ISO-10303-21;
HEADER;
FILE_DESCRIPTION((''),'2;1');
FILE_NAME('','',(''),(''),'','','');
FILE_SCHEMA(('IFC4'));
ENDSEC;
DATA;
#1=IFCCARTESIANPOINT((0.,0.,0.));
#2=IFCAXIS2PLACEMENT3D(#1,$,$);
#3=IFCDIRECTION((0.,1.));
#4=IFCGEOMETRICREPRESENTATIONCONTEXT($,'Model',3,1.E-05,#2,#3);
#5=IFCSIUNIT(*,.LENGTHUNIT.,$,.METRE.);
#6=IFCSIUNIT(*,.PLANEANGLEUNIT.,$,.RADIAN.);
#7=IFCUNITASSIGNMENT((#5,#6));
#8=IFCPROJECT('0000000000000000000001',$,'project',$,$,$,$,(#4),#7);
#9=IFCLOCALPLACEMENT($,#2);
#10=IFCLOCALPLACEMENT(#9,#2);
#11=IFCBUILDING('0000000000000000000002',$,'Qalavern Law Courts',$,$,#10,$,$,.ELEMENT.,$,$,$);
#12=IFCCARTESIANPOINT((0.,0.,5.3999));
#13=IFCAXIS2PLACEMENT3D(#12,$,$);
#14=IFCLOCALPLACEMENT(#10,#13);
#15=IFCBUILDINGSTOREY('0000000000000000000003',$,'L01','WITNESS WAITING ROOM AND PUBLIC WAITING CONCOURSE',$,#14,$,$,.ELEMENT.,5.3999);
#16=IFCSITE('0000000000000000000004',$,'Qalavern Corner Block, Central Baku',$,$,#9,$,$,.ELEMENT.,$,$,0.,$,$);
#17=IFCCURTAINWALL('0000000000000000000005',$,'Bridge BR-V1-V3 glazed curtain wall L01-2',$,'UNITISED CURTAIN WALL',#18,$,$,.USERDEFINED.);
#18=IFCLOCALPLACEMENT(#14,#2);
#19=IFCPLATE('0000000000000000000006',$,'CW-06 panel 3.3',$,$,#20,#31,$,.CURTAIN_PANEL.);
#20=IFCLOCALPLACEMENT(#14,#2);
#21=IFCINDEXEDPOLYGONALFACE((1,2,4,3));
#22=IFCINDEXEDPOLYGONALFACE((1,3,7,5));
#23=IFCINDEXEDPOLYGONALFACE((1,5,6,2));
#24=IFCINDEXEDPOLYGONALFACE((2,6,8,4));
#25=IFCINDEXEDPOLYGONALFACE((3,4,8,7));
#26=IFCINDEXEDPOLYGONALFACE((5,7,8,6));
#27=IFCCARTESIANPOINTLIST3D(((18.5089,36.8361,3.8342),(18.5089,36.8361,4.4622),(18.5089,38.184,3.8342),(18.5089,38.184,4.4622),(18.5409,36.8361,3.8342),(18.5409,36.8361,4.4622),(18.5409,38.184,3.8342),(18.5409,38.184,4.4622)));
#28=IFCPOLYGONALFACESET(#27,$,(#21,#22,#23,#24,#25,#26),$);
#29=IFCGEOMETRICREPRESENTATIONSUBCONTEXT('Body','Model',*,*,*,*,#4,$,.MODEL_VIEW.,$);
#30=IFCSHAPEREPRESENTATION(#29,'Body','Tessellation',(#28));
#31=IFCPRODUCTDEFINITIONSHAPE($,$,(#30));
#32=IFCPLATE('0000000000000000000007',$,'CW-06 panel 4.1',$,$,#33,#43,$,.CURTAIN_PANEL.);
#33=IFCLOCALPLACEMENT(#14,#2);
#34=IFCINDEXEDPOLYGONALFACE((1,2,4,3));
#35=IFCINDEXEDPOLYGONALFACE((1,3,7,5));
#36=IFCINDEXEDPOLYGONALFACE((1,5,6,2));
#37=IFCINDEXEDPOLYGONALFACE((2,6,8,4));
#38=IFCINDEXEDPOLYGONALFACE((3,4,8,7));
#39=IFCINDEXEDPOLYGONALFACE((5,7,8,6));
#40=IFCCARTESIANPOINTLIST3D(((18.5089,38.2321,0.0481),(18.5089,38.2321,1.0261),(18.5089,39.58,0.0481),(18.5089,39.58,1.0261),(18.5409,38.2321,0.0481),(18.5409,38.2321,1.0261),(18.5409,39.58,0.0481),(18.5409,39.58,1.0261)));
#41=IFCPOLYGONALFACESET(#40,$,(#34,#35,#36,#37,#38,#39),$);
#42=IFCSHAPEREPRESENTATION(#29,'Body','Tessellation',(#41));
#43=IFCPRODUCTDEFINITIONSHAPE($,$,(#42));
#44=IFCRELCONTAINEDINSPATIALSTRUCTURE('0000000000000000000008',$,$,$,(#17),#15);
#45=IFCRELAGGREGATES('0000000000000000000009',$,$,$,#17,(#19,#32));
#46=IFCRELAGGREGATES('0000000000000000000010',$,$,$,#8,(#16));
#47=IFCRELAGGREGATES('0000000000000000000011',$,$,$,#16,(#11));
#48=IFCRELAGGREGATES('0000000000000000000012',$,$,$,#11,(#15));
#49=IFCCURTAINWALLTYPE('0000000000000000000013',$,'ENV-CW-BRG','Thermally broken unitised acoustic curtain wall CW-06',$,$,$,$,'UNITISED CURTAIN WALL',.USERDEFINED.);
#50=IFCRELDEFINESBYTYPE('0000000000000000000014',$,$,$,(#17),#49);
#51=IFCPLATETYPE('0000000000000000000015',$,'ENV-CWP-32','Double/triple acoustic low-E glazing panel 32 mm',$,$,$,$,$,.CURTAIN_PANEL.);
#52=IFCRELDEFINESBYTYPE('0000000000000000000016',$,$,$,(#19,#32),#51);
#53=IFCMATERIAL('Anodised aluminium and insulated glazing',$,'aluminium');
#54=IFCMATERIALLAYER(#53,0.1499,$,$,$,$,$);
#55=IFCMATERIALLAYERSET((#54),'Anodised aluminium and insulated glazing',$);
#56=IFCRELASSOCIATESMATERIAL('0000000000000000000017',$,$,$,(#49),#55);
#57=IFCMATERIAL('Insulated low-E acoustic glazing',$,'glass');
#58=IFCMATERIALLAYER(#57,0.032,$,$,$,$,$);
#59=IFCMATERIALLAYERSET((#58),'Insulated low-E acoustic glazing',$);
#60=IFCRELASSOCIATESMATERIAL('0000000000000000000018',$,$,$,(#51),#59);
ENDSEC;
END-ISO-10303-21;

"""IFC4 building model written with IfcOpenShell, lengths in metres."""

from ifc_helpers import new_model, si_unit, direction, frame, origin, origin_2d, place, context, subcontext, project, spatial, rectangle, extrude, material, layer, layer_set, type_object, element, aggregate, save


model = new_model("IFC4")

# Units and contexts
model_context = context("Model", 3, precision=1e-05, world=origin(), true_north=direction((0.0, 1.0)))
body_context = subcontext(model_context, "Body", "Model", "MODEL_VIEW")
ifc_project = project(units=[si_unit("LENGTHUNIT", "METRE"), si_unit("PLANEANGLEUNIT", "RADIAN")], contexts=[model_context])

# Site, building, storey
site_placement = place(None, origin())
site = spatial("IfcSite", under=ifc_project, at=site_placement, Name="Qalavern Corner Block, Central Baku", CompositionType="ELEMENT", RefElevation=0.0)
building_placement = place(site_placement, origin())
building = spatial("IfcBuilding", under=site, at=building_placement, Name="Qalavern Law Courts", CompositionType="ELEMENT")
storey_placement = place(building_placement, frame((0.0, 0.0, 5.3999)))
storey = spatial("IfcBuildingStorey", under=building, at=storey_placement, Name="L01", Description="WITNESS WAITING ROOM AND PUBLIC WAITING CONCOURSE", CompositionType="ELEMENT", Elevation=5.3999)

# Shared definitions
ifc_material_1 = material(Name="Anodised aluminium and insulated glazing", Category="aluminium")
ifc_layer_1 = layer(ifc_material_1, 0.1499)
ifc_layer_set_1 = layer_set([ifc_layer_1], Name="Anodised aluminium and insulated glazing")
curtain_wall_type = type_object("IfcCurtainWallType", Name="ENV-CW-BRG", Description="Thermally broken unitised acoustic curtain wall CW-06", ElementType="UNITISED CURTAIN WALL", PredefinedType="USERDEFINED", material=ifc_layer_set_1)

# Curtain wall
curtain_wall_1_placement = place(storey_placement, origin())
curtain_wall_1 = element("IfcCurtainWall", 1, at=curtain_wall_1_placement, inside=storey, type_object=curtain_wall_type, Name="Bridge BR-V1-V3 glazed curtain wall L01-2", ObjectType="UNITISED CURTAIN WALL", PredefinedType="USERDEFINED")

# Plates
ifc_material_2 = material(Name="Insulated low-E acoustic glazing", Category="glass")
ifc_layer_2 = layer(ifc_material_2, 0.032)
ifc_layer_set_2 = layer_set([ifc_layer_2], Name="Insulated low-E acoustic glazing")
plate_type = type_object("IfcPlateType", Name="ENV-CWP-32", Description="Double/triple acoustic low-E glazing panel 32 mm", PredefinedType="CURTAIN_PANEL", material=ifc_layer_set_2)
plate_1_placement = place(storey_placement, frame((18.5249, 37.51, 3.8342), z_axis=(0.0, 0.0, 1.0), x_axis=(0.0, 1.0, 0.0)))
plate_1 = element("IfcPlate", 2, at=plate_1_placement, type_object=plate_type, Name="CW-06 panel 3.3", PredefinedType="CURTAIN_PANEL", context=body_context, shape_type="SweptSolid", body=[
    extrude(rectangle(XDim=1.3479, YDim=0.032, at=origin_2d()), origin(), (0.0, 0.0, 1.0), 0.6279),
])
plate_2_placement = place(storey_placement, frame((18.5249, 38.906, 0.0481), z_axis=(0.0, 0.0, 1.0), x_axis=(0.0, 1.0, 0.0)))
plate_2 = element("IfcPlate", 3, at=plate_2_placement, type_object=plate_type, Name="CW-06 panel 4.1", PredefinedType="CURTAIN_PANEL", context=body_context, shape_type="SweptSolid", body=[
    extrude(rectangle(XDim=1.3479, YDim=0.032, at=origin_2d()), origin(), (0.0, 0.0, 1.0), 0.978),
])
aggregate(curtain_wall_1, [plate_1, plate_2])

save(model, "model.ifc")
